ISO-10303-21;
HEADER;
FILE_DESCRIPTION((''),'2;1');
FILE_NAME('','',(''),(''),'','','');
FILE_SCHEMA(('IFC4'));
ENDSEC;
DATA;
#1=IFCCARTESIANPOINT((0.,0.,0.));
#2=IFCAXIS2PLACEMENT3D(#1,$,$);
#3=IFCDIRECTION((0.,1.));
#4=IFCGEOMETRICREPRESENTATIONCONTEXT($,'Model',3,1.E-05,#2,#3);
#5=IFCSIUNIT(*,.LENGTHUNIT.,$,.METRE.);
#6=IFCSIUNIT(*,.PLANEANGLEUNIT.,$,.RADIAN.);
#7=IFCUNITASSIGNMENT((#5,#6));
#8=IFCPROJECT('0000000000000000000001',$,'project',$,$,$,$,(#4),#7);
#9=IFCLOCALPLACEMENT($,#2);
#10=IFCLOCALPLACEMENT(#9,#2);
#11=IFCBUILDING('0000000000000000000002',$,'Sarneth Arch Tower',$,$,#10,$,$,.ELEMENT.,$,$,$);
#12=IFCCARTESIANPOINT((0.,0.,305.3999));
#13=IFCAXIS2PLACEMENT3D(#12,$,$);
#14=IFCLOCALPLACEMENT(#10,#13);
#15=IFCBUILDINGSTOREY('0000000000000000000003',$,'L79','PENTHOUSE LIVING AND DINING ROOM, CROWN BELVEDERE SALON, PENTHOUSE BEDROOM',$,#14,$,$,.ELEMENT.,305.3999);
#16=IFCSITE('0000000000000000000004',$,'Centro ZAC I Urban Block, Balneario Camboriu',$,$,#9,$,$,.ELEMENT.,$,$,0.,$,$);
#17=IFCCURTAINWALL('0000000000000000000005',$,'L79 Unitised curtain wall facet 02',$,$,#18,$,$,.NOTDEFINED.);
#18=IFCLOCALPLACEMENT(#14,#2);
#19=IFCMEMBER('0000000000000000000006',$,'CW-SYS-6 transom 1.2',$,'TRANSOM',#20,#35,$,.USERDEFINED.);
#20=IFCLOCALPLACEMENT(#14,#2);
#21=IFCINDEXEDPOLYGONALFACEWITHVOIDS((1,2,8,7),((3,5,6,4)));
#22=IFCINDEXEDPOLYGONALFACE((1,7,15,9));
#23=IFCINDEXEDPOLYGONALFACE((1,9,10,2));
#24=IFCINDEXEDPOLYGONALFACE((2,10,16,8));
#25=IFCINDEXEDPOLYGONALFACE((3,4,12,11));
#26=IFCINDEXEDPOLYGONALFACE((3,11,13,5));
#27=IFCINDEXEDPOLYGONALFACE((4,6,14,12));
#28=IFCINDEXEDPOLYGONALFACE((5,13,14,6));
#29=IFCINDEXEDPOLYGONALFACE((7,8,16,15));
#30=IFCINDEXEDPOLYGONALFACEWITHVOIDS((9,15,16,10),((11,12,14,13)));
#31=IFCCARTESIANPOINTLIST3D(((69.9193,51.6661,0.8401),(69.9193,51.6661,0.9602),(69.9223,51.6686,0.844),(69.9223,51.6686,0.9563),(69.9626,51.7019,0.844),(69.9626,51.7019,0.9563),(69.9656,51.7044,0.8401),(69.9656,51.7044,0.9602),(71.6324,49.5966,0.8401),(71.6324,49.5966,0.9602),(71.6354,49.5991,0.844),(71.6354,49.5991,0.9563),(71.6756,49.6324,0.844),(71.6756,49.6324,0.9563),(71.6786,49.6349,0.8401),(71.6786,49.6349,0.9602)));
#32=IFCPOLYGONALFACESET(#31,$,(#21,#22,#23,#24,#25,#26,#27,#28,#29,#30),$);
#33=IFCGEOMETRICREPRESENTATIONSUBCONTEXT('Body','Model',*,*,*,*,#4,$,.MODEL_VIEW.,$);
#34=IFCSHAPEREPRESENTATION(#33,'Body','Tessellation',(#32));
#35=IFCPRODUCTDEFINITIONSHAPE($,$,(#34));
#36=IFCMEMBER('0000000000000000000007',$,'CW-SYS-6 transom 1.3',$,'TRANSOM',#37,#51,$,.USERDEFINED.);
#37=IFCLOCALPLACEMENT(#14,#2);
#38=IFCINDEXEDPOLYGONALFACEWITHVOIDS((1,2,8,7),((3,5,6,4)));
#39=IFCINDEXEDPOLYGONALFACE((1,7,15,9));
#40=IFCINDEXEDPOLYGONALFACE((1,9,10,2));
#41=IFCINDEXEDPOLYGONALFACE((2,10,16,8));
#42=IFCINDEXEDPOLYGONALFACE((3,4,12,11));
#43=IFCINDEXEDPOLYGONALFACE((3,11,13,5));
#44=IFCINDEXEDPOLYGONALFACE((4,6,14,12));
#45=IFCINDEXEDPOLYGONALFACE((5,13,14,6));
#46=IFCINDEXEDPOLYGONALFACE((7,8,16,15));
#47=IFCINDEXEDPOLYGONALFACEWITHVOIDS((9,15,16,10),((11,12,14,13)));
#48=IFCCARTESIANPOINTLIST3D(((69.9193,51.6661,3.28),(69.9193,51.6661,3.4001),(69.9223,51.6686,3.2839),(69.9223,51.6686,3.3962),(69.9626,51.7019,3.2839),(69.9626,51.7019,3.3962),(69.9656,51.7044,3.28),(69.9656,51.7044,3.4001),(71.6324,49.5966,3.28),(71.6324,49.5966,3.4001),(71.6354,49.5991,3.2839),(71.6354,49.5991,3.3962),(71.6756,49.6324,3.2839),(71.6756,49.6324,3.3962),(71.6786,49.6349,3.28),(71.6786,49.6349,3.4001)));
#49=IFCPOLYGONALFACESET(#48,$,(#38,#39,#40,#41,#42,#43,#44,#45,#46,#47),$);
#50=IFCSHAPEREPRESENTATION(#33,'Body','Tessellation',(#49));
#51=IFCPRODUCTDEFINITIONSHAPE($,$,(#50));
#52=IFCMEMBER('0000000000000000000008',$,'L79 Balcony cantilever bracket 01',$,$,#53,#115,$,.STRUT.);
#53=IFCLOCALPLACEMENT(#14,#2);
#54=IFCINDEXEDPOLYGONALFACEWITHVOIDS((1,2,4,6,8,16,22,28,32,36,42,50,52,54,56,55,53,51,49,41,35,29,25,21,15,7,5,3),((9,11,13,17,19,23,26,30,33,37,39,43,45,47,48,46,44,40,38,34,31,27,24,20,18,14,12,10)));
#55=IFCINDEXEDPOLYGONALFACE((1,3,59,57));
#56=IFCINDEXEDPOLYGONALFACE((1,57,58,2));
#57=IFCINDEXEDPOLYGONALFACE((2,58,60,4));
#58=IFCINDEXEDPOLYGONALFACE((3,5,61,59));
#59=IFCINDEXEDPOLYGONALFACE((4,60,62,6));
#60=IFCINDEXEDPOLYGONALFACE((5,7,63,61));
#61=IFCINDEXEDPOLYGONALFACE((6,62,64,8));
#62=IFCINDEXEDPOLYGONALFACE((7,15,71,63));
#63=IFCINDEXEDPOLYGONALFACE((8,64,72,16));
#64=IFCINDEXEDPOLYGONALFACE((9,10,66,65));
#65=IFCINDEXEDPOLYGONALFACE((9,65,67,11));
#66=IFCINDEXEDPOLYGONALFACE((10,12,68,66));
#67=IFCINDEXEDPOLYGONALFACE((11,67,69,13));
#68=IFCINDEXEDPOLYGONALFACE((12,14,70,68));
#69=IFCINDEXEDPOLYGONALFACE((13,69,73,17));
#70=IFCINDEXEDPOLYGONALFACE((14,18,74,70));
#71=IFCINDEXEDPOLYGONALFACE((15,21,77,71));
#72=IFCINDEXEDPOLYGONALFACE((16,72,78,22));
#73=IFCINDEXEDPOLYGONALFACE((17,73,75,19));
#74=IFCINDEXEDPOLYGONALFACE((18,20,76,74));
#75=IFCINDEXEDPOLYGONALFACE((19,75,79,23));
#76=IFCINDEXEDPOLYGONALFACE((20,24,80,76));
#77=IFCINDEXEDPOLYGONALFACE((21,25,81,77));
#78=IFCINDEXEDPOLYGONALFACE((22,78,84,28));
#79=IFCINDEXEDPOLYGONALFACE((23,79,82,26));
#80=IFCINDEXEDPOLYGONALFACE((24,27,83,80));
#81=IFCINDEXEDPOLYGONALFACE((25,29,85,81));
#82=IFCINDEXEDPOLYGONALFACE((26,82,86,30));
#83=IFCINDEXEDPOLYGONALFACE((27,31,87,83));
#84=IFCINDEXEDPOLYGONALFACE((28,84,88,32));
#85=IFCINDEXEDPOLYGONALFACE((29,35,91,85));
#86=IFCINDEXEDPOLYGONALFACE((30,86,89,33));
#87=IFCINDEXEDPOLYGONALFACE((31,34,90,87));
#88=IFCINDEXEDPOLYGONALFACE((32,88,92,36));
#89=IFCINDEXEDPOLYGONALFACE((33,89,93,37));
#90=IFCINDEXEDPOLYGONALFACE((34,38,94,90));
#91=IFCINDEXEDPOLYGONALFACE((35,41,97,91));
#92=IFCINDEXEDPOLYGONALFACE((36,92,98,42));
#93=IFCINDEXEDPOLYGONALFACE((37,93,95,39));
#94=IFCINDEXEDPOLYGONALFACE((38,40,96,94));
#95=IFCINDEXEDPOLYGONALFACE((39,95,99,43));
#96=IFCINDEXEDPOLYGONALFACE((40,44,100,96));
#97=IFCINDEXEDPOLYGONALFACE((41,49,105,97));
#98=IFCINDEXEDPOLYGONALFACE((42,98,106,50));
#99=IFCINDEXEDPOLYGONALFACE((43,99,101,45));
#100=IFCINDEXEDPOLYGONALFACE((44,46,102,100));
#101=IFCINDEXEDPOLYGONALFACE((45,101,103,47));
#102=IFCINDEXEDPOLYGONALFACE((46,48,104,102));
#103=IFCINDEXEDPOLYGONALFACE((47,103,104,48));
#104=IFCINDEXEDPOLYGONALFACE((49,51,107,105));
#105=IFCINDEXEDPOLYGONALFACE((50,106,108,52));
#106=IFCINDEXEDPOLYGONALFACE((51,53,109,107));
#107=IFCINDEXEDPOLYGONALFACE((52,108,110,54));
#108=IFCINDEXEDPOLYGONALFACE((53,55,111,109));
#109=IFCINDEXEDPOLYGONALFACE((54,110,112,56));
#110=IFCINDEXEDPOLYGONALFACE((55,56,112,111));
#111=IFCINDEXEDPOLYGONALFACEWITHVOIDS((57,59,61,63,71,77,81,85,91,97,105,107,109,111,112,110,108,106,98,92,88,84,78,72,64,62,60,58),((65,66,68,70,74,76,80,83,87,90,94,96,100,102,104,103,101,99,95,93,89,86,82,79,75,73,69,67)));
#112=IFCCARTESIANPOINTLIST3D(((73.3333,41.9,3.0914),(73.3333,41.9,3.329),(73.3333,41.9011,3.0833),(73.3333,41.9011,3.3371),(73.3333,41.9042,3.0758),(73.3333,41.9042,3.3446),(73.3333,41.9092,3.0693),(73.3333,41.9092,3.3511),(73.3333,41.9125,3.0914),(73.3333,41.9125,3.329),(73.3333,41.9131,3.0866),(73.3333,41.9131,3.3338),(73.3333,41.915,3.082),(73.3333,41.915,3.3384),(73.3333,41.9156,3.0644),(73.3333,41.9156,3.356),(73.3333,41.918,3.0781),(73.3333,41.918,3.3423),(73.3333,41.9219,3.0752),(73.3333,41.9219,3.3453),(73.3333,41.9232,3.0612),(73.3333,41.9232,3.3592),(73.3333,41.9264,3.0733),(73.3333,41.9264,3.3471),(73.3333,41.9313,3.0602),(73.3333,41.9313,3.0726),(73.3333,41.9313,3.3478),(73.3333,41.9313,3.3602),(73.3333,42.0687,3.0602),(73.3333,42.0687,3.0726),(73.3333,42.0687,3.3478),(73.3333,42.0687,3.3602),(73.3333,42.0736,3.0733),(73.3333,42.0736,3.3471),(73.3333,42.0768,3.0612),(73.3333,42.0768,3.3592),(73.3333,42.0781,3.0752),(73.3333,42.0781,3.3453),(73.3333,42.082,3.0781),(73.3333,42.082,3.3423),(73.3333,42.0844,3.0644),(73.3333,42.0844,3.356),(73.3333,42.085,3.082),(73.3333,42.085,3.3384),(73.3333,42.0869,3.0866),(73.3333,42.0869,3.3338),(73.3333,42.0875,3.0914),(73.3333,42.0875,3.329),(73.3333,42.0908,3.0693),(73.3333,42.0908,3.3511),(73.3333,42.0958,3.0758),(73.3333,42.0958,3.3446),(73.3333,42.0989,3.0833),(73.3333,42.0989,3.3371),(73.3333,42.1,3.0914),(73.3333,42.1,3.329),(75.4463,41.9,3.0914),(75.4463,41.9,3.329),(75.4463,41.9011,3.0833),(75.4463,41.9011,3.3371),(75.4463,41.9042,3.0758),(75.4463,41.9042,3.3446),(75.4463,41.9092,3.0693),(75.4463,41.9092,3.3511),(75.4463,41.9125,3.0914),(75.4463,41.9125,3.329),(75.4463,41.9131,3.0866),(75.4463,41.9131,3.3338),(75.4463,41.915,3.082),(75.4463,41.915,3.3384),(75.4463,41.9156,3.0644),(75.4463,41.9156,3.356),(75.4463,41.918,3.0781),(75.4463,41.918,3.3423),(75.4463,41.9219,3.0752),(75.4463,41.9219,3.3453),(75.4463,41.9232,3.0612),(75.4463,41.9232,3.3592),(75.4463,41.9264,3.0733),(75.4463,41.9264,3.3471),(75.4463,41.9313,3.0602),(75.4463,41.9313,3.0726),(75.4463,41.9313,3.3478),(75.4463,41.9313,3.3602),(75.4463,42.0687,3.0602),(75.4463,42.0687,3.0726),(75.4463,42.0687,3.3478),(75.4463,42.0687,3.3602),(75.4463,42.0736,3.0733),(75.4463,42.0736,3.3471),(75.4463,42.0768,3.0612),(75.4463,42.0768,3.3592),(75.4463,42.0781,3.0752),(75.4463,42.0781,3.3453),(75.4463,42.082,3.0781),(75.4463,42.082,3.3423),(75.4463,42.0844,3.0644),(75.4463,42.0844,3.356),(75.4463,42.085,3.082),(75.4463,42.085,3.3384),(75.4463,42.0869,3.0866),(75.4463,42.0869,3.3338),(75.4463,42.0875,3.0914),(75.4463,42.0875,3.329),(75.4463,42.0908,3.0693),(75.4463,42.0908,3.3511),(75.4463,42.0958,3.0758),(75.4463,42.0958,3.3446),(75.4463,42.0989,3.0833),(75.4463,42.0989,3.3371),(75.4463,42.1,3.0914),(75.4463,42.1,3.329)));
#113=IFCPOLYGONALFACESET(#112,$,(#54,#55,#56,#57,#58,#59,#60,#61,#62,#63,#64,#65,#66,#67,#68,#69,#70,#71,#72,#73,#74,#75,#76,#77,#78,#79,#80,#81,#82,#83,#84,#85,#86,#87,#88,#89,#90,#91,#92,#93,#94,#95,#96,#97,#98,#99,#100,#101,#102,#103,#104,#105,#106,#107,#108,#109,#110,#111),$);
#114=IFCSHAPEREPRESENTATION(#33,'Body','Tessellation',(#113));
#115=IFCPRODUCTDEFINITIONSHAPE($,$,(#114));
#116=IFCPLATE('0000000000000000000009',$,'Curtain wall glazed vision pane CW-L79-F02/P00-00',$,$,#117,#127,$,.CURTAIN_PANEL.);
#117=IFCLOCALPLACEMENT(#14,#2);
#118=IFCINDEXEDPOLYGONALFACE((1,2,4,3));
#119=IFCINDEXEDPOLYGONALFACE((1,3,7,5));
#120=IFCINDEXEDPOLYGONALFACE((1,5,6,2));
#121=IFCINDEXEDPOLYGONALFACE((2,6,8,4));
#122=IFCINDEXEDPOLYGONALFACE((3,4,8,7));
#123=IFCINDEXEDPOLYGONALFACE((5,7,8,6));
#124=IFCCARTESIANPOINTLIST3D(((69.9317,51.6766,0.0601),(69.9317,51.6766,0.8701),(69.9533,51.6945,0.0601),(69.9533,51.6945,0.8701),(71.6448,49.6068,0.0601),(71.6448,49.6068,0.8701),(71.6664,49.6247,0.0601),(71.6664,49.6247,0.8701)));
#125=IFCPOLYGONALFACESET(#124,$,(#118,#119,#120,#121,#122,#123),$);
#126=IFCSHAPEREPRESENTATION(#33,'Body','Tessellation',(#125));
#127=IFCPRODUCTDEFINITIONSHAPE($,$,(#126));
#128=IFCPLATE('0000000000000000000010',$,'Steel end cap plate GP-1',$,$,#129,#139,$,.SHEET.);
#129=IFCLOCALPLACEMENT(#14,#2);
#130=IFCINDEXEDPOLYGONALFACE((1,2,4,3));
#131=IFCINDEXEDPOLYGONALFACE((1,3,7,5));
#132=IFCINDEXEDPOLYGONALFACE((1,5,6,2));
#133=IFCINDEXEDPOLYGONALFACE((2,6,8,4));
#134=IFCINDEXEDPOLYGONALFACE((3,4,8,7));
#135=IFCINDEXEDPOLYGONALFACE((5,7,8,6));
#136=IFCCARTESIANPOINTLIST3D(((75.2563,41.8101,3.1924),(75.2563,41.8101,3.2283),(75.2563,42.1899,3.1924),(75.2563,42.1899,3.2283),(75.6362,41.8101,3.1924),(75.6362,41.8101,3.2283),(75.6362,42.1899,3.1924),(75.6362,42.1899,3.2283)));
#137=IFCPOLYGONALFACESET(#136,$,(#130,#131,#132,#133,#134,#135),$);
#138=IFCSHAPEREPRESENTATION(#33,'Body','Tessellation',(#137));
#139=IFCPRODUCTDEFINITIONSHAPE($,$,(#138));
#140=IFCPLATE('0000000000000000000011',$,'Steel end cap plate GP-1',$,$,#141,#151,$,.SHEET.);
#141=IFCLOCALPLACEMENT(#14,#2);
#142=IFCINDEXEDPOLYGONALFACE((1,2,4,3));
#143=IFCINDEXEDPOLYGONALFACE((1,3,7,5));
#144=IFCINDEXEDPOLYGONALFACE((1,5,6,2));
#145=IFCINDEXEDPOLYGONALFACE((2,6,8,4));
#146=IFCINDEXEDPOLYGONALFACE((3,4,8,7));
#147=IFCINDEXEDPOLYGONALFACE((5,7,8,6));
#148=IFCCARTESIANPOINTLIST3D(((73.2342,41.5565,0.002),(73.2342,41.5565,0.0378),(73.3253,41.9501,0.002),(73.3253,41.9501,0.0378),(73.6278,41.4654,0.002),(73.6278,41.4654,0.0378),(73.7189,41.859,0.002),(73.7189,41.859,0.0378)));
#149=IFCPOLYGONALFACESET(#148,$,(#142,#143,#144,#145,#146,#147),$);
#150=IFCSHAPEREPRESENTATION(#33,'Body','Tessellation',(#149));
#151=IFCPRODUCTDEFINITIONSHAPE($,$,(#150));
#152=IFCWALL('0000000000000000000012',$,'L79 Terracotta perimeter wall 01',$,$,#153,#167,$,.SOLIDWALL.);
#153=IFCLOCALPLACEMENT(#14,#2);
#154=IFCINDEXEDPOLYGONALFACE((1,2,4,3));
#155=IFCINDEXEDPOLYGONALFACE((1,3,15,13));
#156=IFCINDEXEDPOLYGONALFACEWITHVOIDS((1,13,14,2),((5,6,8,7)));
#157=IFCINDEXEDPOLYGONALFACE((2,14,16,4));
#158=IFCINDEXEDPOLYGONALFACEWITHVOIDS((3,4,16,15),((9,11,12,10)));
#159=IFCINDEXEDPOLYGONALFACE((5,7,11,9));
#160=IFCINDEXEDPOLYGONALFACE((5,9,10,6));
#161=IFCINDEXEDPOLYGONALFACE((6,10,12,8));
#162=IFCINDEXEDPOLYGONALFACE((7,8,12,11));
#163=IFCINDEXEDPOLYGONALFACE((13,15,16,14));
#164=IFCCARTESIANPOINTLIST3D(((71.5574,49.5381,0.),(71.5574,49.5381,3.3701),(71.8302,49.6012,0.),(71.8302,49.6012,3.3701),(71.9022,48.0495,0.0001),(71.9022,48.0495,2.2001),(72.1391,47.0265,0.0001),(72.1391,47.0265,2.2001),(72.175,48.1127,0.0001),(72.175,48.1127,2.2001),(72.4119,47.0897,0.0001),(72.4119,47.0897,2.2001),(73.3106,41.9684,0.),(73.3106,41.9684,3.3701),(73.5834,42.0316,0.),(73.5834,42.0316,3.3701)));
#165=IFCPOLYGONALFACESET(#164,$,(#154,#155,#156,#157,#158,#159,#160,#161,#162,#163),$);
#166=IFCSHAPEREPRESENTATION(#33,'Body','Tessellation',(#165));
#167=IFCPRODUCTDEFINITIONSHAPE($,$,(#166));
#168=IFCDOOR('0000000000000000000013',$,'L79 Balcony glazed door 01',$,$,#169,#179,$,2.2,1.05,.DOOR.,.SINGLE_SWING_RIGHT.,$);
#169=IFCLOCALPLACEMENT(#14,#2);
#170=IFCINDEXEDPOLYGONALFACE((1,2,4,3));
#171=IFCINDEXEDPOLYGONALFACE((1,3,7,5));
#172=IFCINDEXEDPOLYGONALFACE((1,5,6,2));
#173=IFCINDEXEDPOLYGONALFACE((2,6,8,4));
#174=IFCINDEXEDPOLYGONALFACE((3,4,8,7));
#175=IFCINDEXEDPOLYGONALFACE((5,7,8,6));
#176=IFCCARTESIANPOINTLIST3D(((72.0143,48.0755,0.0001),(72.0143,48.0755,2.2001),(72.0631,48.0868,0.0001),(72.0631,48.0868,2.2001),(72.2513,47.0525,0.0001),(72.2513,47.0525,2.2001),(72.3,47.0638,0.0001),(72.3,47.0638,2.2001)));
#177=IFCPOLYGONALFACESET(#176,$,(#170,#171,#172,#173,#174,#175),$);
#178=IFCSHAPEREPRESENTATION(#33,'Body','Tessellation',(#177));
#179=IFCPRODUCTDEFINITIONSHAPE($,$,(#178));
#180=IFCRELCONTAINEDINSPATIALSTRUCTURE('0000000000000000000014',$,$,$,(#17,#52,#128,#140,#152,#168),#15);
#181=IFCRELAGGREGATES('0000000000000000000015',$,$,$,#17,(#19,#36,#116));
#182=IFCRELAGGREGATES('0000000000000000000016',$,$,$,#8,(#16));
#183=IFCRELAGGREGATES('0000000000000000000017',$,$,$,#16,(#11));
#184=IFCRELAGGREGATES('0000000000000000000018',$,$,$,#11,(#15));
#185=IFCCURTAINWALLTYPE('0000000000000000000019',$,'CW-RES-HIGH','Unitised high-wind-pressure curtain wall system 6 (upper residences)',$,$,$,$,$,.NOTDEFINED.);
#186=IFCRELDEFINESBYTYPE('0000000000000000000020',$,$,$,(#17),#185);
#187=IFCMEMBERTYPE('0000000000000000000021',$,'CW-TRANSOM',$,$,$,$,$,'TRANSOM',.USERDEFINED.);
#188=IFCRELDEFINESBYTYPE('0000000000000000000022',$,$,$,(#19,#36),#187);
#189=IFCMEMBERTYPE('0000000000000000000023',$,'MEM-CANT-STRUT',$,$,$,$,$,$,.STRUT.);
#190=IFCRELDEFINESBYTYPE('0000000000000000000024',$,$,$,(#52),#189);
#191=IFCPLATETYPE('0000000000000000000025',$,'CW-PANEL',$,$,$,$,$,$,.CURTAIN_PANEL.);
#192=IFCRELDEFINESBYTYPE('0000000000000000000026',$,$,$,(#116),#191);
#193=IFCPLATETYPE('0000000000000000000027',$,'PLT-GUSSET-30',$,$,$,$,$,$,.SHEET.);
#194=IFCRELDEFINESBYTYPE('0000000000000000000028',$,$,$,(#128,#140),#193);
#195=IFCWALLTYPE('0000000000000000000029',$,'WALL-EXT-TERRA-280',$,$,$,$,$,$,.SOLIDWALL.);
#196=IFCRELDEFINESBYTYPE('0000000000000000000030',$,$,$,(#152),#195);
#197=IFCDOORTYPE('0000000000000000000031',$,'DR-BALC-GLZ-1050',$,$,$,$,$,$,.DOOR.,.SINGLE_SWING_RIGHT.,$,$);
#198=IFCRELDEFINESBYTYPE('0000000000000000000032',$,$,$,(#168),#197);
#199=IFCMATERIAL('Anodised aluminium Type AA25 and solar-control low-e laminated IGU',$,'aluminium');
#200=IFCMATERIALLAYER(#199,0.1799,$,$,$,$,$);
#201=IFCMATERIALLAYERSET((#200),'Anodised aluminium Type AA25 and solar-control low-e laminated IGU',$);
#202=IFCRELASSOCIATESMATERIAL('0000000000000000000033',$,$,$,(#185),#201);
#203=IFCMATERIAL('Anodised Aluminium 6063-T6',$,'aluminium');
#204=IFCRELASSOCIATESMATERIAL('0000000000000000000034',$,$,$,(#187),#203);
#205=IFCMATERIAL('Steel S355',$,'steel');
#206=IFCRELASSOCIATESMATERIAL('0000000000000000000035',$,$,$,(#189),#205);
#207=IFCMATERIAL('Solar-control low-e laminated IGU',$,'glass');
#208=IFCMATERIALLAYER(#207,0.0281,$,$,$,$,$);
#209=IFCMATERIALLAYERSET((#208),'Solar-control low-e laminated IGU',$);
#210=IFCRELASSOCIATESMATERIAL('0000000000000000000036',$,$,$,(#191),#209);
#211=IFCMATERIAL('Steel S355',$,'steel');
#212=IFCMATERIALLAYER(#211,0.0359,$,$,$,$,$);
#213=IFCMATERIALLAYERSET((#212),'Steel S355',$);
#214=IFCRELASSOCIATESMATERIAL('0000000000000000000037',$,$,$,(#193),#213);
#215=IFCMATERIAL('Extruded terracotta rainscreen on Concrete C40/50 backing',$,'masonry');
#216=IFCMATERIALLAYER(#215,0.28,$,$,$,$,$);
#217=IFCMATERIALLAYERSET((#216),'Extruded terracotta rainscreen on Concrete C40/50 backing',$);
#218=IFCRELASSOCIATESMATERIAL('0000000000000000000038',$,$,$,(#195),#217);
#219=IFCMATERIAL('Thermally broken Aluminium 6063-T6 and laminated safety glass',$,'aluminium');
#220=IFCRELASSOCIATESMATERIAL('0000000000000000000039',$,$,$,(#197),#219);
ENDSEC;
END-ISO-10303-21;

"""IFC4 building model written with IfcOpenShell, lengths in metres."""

from ifc_helpers import new_model, si_unit, direction, frame, frame_2d, origin, origin_2d, place, context, subcontext, project, spatial, rectangle, hollow_rectangle, extrude, material, layer, layer_set, material_profile, profile_set, type_object, element, fill, aggregate, save


model = new_model("IFC4")

# Units and contexts
model_context = context("Model", 3, precision=1e-05, world=origin(), true_north=direction((0.0, 1.0)))
body_context = subcontext(model_context, "Body", "Model", "MODEL_VIEW")
ifc_project = project(units=[si_unit("LENGTHUNIT", "METRE"), si_unit("PLANEANGLEUNIT", "RADIAN")], contexts=[model_context])

# Site, building, storey
site_placement = place(None, origin())
site = spatial("IfcSite", under=ifc_project, at=site_placement, Name="Centro ZAC I Urban Block, Balneario Camboriu", CompositionType="ELEMENT", RefElevation=0.0)
building_placement = place(site_placement, origin())
building = spatial("IfcBuilding", under=site, at=building_placement, Name="Sarneth Arch Tower", CompositionType="ELEMENT")
storey_placement = place(building_placement, frame((0.0, 0.0, 305.3999)))
storey = spatial("IfcBuildingStorey", under=building, at=storey_placement, Name="L79", Description="PENTHOUSE LIVING AND DINING ROOM, CROWN BELVEDERE SALON, PENTHOUSE BEDROOM", CompositionType="ELEMENT", Elevation=305.3999)

# Curtain wall, members
ifc_material_1 = material(Name="Anodised aluminium Type AA25 and solar-control low-e laminated IGU", Category="aluminium")
ifc_layer_1 = layer(ifc_material_1, 0.1799)
ifc_layer_set_1 = layer_set([ifc_layer_1], Name="Anodised aluminium Type AA25 and solar-control low-e laminated IGU")
curtain_wall_type = type_object("IfcCurtainWallType", Name="CW-RES-HIGH", Description="Unitised high-wind-pressure curtain wall system 6 (upper residences)", PredefinedType="NOTDEFINED", material=ifc_layer_set_1)
curtain_wall_placement = place(storey_placement, origin())
curtain_wall = element("IfcCurtainWall", 1, at=curtain_wall_placement, inside=storey, type_object=curtain_wall_type, Name="L79 Unitised curtain wall facet 02", PredefinedType="NOTDEFINED")
ifc_material_2 = material(Name="Anodised Aluminium 6063-T6", Category="aluminium")
ifc_material_profile_1 = material_profile(ifc_material_2, hollow_rectangle(XDim=0.0601, YDim=0.1201, WallThickness=0.0039, at=origin_2d()), Name="AL-TRAN-120x60x4")
ifc_profile_set_1 = profile_set([ifc_material_profile_1], Name="Anodised Aluminium 6063-T6")
member_type_1 = type_object("IfcMemberType", Name="CW-TRANSOM", ElementType="TRANSOM", PredefinedType="USERDEFINED", material=ifc_profile_set_1)
member_1_placement = place(storey_placement, frame((71.6555, 49.6157, 0.9001), z_axis=(-0.637651, 0.770325, 0.0), x_axis=(-0.770325, -0.637651, 0.0)))
member_1 = element("IfcMember", 2, at=member_1_placement, type_object=member_type_1, Name="CW-SYS-6 transom 1.2", ObjectType="TRANSOM", PredefinedType="USERDEFINED", context=body_context, shape_type="SweptSolid", body=[
    extrude(hollow_rectangle(XDim=0.0601, YDim=0.1201, WallThickness=0.0039, at=origin_2d()), origin(), (0.0, 0.0, 1.0), 2.6865),
])
member_2_placement = place(storey_placement, frame((71.6555, 49.6157, 3.3401), z_axis=(-0.637651, 0.770325, 0.0), x_axis=(-0.770325, -0.637651, 0.0)))
member_2 = element("IfcMember", 3, at=member_2_placement, type_object=member_type_1, Name="CW-SYS-6 transom 1.3", ObjectType="TRANSOM", PredefinedType="USERDEFINED", context=body_context, shape_type="SweptSolid", body=[
    extrude(hollow_rectangle(XDim=0.0601, YDim=0.1201, WallThickness=0.0039, at=origin_2d()), origin(), (0.0, 0.0, 1.0), 2.6865),
])

# Member
ifc_material_3 = material(Name="Steel S355", Category="steel")
ifc_material_profile_2 = material_profile(ifc_material_3, hollow_rectangle(XDim=0.2, YDim=0.3, WallThickness=0.0125, InnerFilletRadius=0.0188, OuterFilletRadius=0.0312, at=origin_2d()), Name="RHS300x200x12.5")
ifc_profile_set_2 = profile_set([ifc_material_profile_2], Name="Steel S355")
member_type_2 = type_object("IfcMemberType", Name="MEM-CANT-STRUT", PredefinedType="STRUT", material=ifc_profile_set_2)
member_3_placement = place(storey_placement, frame((73.3333, 42.0, 3.2102), z_axis=(1.0, 0.0, 0.0), x_axis=(0.0, 1.0, 0.0)))
element("IfcMember", 4, at=member_3_placement, inside=storey, type_object=member_type_2, Name="L79 Balcony cantilever bracket 01", PredefinedType="STRUT", context=body_context, shape_type="SweptSolid", body=[
    extrude(hollow_rectangle(XDim=0.2, YDim=0.3, WallThickness=0.0125, InnerFilletRadius=0.0188, OuterFilletRadius=0.0312, at=origin_2d()), origin(), (0.0, 0.0, 1.0), 2.113),
])

# Plate
ifc_material_4 = material(Name="Solar-control low-e laminated IGU", Category="glass")
ifc_layer_2 = layer(ifc_material_4, 0.0281)
ifc_layer_set_2 = layer_set([ifc_layer_2], Name="Solar-control low-e laminated IGU")
plate_type_1 = type_object("IfcPlateType", Name="CW-PANEL", PredefinedType="CURTAIN_PANEL", material=ifc_layer_set_2)
plate_1_placement = place(storey_placement, frame((70.7991, 50.6506, 0.0601), z_axis=(0.0, 0.0, 1.0), x_axis=(-0.63761, 0.770359, 0.0)))
plate_1 = element("IfcPlate", 5, at=plate_1_placement, type_object=plate_type_1, Name="Curtain wall glazed vision pane CW-L79-F02/P00-00", PredefinedType="CURTAIN_PANEL", context=body_context, shape_type="SweptSolid", body=[
    extrude(rectangle(XDim=2.6868, YDim=0.0281, at=origin_2d()), origin(), (0.0, 0.0, 1.0), 0.8101),
])
aggregate(curtain_wall, [member_1, member_2, plate_1])

# Plates
ifc_material_5 = material(Name="Steel S355", Category="steel")
ifc_layer_3 = layer(ifc_material_5, 0.0359)
ifc_layer_set_3 = layer_set([ifc_layer_3], Name="Steel S355")
plate_type_2 = type_object("IfcPlateType", Name="PLT-GUSSET-30", PredefinedType="SHEET", material=ifc_layer_set_3)
plate_2_placement = place(storey_placement, frame((75.4463, 42.0, 3.1924), z_axis=(0.0, 0.0, 1.0), x_axis=(1.0, 0.0, 0.0)))
element("IfcPlate", 6, at=plate_2_placement, inside=storey, type_object=plate_type_2, Name="Steel end cap plate GP-1", PredefinedType="SHEET", context=body_context, shape_type="SweptSolid", body=[
    extrude(rectangle(XDim=0.3799, YDim=0.3799, at=origin_2d()), origin(), (0.0, 0.0, 1.0), 0.0359),
])
plate_3_placement = place(storey_placement, frame((73.4766, 41.7078, 0.002), z_axis=(0.0, 0.0, 1.0), x_axis=(0.225461, 0.974252, 0.0)))
element("IfcPlate", 7, at=plate_3_placement, inside=storey, type_object=plate_type_2, Name="Steel end cap plate GP-1", PredefinedType="SHEET", context=body_context, shape_type="SweptSolid", body=[
    extrude(rectangle(XDim=0.4041, YDim=0.4041, at=origin_2d()), origin(), (0.0, 0.0, 1.0), 0.0359),
])

# Wall, opening, door
ifc_material_6 = material(Name="Extruded terracotta rainscreen on Concrete C40/50 backing", Category="masonry")
ifc_layer_4 = layer(ifc_material_6, 0.28)
ifc_layer_set_4 = layer_set([ifc_layer_4], Name="Extruded terracotta rainscreen on Concrete C40/50 backing")
wall_type_1 = type_object("IfcWallType", Name="WALL-EXT-TERRA-280", PredefinedType="SOLIDWALL", material=ifc_layer_set_4)
wall_1_placement = place(storey_placement, frame((73.447, 42.0, 0.0), z_axis=(0.0, 0.0, 1.0), x_axis=(-0.225635, 0.974212, 0.0)))
wall_1 = element("IfcWall", 8, at=wall_1_placement, inside=storey, type_object=wall_type_1, Name="L79 Terracotta perimeter wall 01", PredefinedType="SOLIDWALL", context=body_context, shape_type="SweptSolid", body=[
    extrude(rectangle(XDim=7.77, YDim=0.28, at=frame_2d((3.885, 0.0))), origin(), (0.0, 0.0, 1.0), 3.3701),
])
opening_1_placement = place(wall_1_placement, frame((5.1921, 0.0, 0.0)))
opening_1 = element("IfcOpeningElement", 9, at=opening_1_placement, cuts=wall_1, PredefinedType="OPENING", context=body_context, shape_type="SweptSolid", body=[
    extrude(rectangle(XDim=1.05, YDim=2.2, at=frame_2d((0.5249, 1.1001))), frame((0.0, 0.1499, 0.0), z_axis=(0.0, -1.0, 0.0), x_axis=(1.0, 0.0, 0.0)), (0.0, 0.0, 1.0), 0.3),
])
ifc_material_7 = material(Name="Thermally broken Aluminium 6063-T6 and laminated safety glass", Category="aluminium")
door_type_1 = type_object("IfcDoorType", Name="DR-BALC-GLZ-1050", OperationType="SINGLE_SWING_RIGHT", PredefinedType="DOOR", material=ifc_material_7)
door_1_placement = place(opening_1_placement, origin())
door_1 = element("IfcDoor", 10, at=door_1_placement, inside=storey, type_object=door_type_1, Name="L79 Balcony glazed door 01", OperationType="SINGLE_SWING_RIGHT", OverallHeight=2.2, OverallWidth=1.05, PredefinedType="DOOR", context=body_context, shape_type="SweptSolid", body=[
    extrude(rectangle(XDim=1.05, YDim=2.2, at=frame_2d((0.5249, 1.1001))), frame((0.0, 0.0249, 0.0), z_axis=(0.0, -1.0, 0.0), x_axis=(1.0, 0.0, 0.0)), (0.0, 0.0, 1.0), 0.05),
])
fill(opening_1, door_1)

save(model, "model.ifc")
